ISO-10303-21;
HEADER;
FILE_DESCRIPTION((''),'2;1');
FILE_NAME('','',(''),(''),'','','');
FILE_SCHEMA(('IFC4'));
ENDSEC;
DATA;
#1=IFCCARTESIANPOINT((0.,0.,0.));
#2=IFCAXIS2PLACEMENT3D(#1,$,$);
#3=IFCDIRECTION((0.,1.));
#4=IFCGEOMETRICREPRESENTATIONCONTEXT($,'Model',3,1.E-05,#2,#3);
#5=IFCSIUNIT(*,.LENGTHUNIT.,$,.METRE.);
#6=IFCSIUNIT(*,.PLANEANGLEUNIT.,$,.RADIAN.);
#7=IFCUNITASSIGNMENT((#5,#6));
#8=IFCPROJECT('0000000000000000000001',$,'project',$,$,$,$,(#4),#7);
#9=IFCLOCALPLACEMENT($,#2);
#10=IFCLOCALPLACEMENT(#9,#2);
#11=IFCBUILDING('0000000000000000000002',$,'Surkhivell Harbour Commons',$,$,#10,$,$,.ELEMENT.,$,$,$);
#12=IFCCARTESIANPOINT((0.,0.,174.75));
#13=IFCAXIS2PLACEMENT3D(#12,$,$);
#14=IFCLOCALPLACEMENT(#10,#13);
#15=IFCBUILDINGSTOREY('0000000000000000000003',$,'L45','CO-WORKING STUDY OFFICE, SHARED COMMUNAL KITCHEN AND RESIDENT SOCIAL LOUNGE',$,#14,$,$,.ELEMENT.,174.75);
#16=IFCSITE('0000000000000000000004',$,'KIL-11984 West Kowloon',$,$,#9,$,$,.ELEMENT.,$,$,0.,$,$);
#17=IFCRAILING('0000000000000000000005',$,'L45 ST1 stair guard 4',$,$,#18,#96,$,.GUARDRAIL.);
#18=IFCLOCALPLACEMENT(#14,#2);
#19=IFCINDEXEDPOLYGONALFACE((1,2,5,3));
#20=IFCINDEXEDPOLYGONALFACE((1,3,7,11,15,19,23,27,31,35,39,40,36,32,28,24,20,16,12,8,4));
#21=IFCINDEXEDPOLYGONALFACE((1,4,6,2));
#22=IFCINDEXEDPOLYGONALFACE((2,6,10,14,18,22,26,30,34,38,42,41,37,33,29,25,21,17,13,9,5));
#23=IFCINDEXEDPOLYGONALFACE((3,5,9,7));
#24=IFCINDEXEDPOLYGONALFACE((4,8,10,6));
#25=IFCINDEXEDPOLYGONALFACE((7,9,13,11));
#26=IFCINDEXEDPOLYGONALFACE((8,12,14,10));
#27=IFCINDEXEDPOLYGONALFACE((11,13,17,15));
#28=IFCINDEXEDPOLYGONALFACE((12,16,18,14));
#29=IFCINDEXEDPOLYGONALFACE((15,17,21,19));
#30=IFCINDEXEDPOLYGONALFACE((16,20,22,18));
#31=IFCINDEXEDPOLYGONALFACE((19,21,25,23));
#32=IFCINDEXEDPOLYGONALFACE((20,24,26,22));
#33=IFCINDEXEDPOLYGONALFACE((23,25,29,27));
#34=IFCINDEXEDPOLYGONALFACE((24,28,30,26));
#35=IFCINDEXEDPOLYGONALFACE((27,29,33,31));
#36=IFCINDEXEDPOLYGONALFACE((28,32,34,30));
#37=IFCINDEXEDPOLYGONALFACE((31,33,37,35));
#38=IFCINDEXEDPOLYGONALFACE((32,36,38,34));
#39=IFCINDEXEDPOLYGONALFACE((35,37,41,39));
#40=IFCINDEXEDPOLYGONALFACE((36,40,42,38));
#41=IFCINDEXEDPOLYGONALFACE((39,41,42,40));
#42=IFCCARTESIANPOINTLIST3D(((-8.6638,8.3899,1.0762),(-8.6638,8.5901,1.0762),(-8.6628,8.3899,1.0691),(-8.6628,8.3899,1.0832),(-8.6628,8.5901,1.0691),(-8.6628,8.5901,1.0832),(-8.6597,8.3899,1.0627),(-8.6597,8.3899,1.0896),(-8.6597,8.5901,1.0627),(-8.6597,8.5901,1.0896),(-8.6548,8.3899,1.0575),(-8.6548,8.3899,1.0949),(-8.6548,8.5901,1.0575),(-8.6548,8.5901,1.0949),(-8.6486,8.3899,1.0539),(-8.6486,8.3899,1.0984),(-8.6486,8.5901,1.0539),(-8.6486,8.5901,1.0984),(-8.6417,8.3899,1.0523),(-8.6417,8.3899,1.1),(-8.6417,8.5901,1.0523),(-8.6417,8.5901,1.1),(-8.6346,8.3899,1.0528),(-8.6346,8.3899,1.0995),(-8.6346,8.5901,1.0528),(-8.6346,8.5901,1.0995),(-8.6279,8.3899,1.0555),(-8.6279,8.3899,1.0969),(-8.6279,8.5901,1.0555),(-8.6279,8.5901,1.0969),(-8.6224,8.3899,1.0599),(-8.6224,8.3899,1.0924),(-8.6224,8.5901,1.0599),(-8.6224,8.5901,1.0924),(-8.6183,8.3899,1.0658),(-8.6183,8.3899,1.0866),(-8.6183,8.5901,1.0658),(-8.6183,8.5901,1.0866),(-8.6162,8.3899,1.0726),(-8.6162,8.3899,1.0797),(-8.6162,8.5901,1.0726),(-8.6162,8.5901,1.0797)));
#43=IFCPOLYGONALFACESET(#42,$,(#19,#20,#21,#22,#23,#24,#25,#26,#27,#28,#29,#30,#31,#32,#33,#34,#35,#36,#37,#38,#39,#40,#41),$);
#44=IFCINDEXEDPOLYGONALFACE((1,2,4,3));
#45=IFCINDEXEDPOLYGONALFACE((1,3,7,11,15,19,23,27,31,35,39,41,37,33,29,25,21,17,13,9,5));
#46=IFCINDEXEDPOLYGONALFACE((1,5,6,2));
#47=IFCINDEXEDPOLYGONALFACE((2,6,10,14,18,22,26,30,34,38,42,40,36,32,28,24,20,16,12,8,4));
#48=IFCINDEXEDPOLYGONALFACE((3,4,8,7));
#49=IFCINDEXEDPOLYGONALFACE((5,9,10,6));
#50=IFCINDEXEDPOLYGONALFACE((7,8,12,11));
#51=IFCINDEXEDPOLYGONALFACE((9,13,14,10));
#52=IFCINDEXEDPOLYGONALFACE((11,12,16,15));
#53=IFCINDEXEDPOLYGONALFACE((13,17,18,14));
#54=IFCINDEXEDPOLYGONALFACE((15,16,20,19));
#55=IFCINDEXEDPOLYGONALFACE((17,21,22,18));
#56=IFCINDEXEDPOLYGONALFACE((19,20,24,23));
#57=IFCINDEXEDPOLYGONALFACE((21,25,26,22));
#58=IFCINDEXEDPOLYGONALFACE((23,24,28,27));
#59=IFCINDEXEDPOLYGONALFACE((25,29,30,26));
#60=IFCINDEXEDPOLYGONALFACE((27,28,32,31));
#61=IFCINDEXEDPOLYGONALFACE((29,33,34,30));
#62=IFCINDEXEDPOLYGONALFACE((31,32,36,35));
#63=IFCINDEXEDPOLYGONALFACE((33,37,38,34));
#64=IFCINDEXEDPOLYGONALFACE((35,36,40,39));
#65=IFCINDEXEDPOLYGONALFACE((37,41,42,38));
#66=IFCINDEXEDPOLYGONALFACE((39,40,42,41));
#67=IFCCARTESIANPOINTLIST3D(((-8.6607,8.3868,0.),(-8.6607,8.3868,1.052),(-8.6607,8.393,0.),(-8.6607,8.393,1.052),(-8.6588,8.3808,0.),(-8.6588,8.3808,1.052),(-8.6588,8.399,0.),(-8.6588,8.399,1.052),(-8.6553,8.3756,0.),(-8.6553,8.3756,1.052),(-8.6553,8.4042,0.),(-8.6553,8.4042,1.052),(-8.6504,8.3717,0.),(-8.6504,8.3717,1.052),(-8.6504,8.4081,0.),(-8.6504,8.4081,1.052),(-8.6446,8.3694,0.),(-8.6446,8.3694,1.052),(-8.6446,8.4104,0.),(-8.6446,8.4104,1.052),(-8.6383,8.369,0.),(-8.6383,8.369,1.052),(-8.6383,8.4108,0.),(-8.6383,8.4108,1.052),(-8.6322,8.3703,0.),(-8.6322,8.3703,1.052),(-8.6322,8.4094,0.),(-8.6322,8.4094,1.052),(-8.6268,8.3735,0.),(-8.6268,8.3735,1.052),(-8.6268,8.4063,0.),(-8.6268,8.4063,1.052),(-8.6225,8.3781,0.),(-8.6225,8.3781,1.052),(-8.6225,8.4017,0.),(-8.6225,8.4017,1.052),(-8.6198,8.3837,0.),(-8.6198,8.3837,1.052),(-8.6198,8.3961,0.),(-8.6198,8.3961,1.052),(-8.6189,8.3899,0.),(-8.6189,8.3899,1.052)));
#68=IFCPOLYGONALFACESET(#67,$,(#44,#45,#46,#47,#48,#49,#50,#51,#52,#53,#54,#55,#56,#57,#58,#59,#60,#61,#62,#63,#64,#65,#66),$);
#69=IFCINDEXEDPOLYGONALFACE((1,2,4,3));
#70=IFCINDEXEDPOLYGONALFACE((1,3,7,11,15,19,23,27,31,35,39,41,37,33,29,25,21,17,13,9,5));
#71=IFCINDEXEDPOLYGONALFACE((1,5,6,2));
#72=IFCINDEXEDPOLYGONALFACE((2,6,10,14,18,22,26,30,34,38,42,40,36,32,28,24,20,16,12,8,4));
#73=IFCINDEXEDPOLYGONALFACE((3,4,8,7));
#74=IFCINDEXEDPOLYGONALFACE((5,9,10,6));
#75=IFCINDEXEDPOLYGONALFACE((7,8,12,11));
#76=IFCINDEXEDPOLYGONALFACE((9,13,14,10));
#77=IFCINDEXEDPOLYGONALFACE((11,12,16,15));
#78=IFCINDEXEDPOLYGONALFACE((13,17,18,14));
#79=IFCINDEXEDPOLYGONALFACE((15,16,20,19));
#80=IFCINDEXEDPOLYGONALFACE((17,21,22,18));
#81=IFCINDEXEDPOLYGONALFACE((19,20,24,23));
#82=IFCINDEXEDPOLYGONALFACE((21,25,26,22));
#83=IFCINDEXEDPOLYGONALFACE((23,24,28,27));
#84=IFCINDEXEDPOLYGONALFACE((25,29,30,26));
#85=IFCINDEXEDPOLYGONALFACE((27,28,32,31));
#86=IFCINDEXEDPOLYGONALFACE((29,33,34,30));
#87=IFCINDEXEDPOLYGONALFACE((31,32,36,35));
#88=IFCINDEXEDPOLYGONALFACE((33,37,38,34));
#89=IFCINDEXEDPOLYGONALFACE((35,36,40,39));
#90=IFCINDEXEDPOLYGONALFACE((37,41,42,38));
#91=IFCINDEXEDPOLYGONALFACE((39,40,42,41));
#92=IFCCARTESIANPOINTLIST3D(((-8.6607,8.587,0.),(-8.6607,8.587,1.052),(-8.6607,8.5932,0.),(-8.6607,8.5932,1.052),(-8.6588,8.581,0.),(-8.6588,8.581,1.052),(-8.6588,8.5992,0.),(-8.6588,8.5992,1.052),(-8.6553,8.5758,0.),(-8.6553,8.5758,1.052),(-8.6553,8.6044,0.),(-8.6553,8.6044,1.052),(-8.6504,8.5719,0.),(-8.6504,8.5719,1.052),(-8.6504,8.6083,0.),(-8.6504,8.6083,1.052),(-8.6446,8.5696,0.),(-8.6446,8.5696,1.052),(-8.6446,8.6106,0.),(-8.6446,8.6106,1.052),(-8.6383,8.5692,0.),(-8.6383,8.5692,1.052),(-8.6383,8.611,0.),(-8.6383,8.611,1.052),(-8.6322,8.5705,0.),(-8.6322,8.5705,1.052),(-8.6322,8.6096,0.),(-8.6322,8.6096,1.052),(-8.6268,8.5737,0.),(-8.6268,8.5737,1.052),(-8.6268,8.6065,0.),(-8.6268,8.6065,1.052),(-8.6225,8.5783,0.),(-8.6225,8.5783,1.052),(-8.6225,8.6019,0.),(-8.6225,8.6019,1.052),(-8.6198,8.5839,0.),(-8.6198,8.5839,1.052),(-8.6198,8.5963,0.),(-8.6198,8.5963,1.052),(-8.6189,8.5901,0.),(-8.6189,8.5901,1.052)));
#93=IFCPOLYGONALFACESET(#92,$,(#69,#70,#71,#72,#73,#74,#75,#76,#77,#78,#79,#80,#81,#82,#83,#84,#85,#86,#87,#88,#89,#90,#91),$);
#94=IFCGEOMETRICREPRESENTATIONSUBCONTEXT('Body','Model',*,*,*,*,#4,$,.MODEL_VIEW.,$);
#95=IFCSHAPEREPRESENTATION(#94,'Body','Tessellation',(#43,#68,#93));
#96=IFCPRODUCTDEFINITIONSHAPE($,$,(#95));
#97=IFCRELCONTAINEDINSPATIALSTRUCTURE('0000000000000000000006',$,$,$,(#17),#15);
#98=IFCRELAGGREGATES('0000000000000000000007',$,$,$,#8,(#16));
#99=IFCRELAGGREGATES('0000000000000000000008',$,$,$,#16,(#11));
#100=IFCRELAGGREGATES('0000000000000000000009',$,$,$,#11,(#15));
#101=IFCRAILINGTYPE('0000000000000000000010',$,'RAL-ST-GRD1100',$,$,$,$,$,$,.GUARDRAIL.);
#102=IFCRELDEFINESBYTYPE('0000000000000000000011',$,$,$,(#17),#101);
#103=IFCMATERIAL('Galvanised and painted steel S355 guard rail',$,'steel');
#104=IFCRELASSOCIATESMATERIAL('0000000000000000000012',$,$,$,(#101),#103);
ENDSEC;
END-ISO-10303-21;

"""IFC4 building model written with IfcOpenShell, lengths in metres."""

from ifc_helpers import new_model, si_unit, direction, frame, origin, origin_2d, place, context, subcontext, project, spatial, circle, extrude, material, type_object, element, save


model = new_model("IFC4")

# Units and contexts
model_context = context("Model", 3, precision=1e-05, world=origin(), true_north=direction((0.0, 1.0)))
body_context = subcontext(model_context, "Body", "Model", "MODEL_VIEW")
ifc_project = project(units=[si_unit("LENGTHUNIT", "METRE"), si_unit("PLANEANGLEUNIT", "RADIAN")], contexts=[model_context])

# Site, building, storey
site_placement = place(None, origin())
site = spatial("IfcSite", under=ifc_project, at=site_placement, Name="KIL-11984 West Kowloon", CompositionType="ELEMENT", RefElevation=0.0)
building_placement = place(site_placement, origin())
building = spatial("IfcBuilding", under=site, at=building_placement, Name="Surkhivell Harbour Commons", CompositionType="ELEMENT")
storey_placement = place(building_placement, frame((0.0, 0.0, 174.75)))
storey = spatial("IfcBuildingStorey", under=building, at=storey_placement, Name="L45", Description="CO-WORKING STUDY OFFICE, SHARED COMMUNAL KITCHEN AND RESIDENT SOCIAL LOUNGE", CompositionType="ELEMENT", Elevation=174.75)

# Railing
ifc_material_1 = material(Name="Galvanised and painted steel S355 guard rail", Category="steel")
railing_type_1 = type_object("IfcRailingType", Name="RAL-ST-GRD1100", PredefinedType="GUARDRAIL", material=ifc_material_1)
railing_1_placement = place(storey_placement, frame((-8.6399, 8.3899, 0.0)))
element("IfcRailing", 1, at=railing_1_placement, inside=storey, type_object=railing_type_1, Name="L45 ST1 stair guard 4", PredefinedType="GUARDRAIL", context=body_context, shape_type="SweptSolid", body=[
    extrude(circle(Radius=0.0239, at=origin_2d()), frame((0.0, 0.0, 1.0762), z_axis=(0.0, 1.0, 0.0), x_axis=(-1.0, 0.0, 0.0)), (0.0, 0.0, 1.0), 0.2002),
    extrude(circle(Radius=0.021, at=origin_2d()), origin(), (0.0, 0.0, 1.0), 1.052),
    extrude(circle(Radius=0.021, at=origin_2d()), frame((0.0, 0.2002, 0.0)), (0.0, 0.0, 1.0), 1.052),
])

save(model, "model.ifc")
